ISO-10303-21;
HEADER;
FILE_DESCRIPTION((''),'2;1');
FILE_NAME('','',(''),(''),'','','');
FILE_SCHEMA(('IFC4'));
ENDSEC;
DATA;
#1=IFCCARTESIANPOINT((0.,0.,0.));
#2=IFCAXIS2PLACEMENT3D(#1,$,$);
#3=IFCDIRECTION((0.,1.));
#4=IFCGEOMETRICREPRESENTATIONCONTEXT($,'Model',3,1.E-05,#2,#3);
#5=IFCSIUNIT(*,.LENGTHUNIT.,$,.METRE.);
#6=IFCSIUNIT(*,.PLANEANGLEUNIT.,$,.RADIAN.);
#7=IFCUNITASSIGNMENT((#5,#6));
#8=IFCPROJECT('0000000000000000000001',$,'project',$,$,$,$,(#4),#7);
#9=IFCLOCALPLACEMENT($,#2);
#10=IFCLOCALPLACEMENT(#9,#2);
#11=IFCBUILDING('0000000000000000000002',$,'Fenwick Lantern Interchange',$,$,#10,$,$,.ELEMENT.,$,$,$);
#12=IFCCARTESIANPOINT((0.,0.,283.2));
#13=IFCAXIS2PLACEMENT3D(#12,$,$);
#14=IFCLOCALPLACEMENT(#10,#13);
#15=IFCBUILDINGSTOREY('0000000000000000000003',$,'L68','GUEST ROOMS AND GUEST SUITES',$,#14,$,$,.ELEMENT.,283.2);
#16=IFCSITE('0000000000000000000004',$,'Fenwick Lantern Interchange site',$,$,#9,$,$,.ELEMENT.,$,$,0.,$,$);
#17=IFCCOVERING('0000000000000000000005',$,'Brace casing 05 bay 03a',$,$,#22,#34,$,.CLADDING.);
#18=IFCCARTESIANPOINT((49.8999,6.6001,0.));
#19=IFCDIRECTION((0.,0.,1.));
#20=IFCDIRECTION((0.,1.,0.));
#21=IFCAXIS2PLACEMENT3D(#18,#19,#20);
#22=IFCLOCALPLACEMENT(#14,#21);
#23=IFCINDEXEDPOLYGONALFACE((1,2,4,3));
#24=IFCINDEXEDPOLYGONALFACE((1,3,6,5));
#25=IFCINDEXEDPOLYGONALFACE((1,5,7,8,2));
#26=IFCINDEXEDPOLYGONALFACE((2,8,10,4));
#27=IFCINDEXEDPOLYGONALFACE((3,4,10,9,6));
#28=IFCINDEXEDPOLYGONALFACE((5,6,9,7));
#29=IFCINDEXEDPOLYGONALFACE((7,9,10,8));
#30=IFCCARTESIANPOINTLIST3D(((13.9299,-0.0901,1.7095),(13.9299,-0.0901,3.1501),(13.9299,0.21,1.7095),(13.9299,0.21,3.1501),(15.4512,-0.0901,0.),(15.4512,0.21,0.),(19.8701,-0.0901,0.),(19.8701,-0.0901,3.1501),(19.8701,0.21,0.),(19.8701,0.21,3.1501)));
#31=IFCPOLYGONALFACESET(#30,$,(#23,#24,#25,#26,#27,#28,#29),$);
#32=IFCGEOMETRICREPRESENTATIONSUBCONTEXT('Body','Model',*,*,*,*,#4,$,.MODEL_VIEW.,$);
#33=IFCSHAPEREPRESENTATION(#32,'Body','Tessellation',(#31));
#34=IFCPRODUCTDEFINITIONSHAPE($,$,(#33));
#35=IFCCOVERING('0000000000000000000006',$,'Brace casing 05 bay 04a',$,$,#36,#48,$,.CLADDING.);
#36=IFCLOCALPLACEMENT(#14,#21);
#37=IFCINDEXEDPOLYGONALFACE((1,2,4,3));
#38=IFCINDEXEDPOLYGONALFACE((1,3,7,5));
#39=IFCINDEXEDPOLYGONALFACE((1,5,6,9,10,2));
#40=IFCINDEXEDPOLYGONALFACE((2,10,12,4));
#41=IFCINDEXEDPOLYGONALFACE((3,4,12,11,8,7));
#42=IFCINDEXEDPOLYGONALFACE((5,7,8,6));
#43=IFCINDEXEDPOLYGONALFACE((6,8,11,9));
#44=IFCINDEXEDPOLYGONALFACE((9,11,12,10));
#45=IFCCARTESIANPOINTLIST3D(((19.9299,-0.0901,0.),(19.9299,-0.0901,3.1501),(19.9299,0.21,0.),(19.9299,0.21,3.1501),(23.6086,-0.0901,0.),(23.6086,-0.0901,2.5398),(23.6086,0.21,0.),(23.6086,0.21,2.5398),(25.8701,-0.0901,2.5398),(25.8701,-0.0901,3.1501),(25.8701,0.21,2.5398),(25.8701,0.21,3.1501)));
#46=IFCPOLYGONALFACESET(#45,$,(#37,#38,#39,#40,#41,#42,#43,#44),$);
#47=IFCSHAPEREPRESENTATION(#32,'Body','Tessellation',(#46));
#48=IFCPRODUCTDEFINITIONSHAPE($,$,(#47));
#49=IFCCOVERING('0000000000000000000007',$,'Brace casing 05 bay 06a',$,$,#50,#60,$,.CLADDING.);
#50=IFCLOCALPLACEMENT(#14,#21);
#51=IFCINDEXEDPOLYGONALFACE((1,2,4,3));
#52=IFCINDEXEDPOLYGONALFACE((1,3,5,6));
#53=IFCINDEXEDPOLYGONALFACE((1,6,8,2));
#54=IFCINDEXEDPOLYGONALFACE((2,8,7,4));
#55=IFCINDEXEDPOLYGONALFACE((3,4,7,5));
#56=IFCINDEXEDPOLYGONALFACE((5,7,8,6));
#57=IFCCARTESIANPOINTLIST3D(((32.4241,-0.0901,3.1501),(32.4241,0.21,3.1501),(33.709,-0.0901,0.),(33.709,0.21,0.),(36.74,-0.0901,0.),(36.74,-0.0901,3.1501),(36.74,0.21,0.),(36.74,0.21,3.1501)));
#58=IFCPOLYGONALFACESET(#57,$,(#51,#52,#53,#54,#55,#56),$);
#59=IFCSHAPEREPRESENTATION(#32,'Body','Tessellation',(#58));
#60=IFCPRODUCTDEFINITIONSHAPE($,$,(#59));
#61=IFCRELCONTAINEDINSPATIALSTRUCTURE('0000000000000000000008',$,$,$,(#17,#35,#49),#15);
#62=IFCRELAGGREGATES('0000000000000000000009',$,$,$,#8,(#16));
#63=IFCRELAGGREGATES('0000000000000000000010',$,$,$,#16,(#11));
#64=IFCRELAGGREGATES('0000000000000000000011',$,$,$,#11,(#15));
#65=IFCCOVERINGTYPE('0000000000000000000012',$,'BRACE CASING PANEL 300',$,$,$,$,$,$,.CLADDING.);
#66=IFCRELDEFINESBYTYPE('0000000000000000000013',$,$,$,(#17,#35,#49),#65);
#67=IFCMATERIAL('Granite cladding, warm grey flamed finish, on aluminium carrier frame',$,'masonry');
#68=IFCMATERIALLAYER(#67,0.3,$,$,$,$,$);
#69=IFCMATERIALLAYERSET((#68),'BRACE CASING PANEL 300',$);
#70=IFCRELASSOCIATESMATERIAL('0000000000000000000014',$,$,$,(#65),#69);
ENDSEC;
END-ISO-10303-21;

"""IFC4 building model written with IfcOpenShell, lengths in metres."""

from ifc_helpers import new_model, si_unit, direction, frame, origin, place, context, subcontext, project, spatial, polyline, outline, extrude, material, layer, layer_set, type_object, element, save


model = new_model("IFC4")

# Units and contexts
model_context = context("Model", 3, precision=1e-05, world=origin(), true_north=direction((0.0, 1.0)))
body_context = subcontext(model_context, "Body", "Model", "MODEL_VIEW")
ifc_project = project(units=[si_unit("LENGTHUNIT", "METRE"), si_unit("PLANEANGLEUNIT", "RADIAN")], contexts=[model_context])

# Site, building, storey
site_placement = place(None, origin())
site = spatial("IfcSite", under=ifc_project, at=site_placement, Name="Fenwick Lantern Interchange site", CompositionType="ELEMENT", RefElevation=0.0)
building_placement = place(site_placement, origin())
building = spatial("IfcBuilding", under=site, at=building_placement, Name="Fenwick Lantern Interchange", CompositionType="ELEMENT")
storey_placement = place(building_placement, frame((0.0, 0.0, 283.2)))
storey = spatial("IfcBuildingStorey", under=building, at=storey_placement, Name="L68", Description="GUEST ROOMS AND GUEST SUITES", CompositionType="ELEMENT", Elevation=283.2)

# Coverings
ifc_material_1 = material(Name="Granite cladding, warm grey flamed finish, on aluminium carrier frame", Category="masonry")
ifc_layer_1 = layer(ifc_material_1, 0.3)
ifc_layer_set_1 = layer_set([ifc_layer_1], Name="BRACE CASING PANEL 300")
covering_type = type_object("IfcCoveringType", Name="BRACE CASING PANEL 300", PredefinedType="CLADDING", material=ifc_layer_set_1)
covering_1_placement = place(storey_placement, frame((49.8999, 6.6001, 0.0), z_axis=(0.0, 0.0, 1.0), x_axis=(0.0, 1.0, 0.0)))
element("IfcCovering", 1, at=covering_1_placement, inside=storey, type_object=covering_type, Name="Brace casing 05 bay 03a", PredefinedType="CLADDING", context=body_context, shape_type="SweptSolid", body=[
    extrude(outline(polyline([(15.4512, 0.0), (19.8701, 0.0), (19.8701, 3.1501), (13.9299, 3.1501), (13.9299, 1.7095), (15.4512, 0.0)])), frame((0.0, 0.21, 0.0), z_axis=(0.0, -1.0, 0.0), x_axis=(1.0, 0.0, 0.0)), (0.0, 0.0, 1.0), 0.3),
])
covering_2_placement = place(storey_placement, frame((49.8999, 6.6001, 0.0), z_axis=(0.0, 0.0, 1.0), x_axis=(0.0, 1.0, 0.0)))
element("IfcCovering", 2, at=covering_2_placement, inside=storey, type_object=covering_type, Name="Brace casing 05 bay 04a", PredefinedType="CLADDING", context=body_context, shape_type="SweptSolid", body=[
    extrude(outline(polyline([(19.9299, 0.0), (23.6086, 0.0), (23.6086, 2.5398), (25.8701, 2.5398), (25.8701, 3.1501), (19.9299, 3.1501), (19.9299, 0.0)])), frame((0.0, 0.21, 0.0), z_axis=(0.0, -1.0, 0.0), x_axis=(1.0, 0.0, 0.0)), (0.0, 0.0, 1.0), 0.3),
])
covering_3_placement = place(storey_placement, frame((49.8999, 6.6001, 0.0), z_axis=(0.0, 0.0, 1.0), x_axis=(0.0, 1.0, 0.0)))
element("IfcCovering", 3, at=covering_3_placement, inside=storey, type_object=covering_type, Name="Brace casing 05 bay 06a", PredefinedType="CLADDING", context=body_context, shape_type="SweptSolid", body=[
    extrude(outline(polyline([(33.709, 0.0), (36.74, 0.0), (36.74, 3.1501), (32.4241, 3.1501), (33.709, 0.0)])), frame((0.0, 0.21, 0.0), z_axis=(0.0, -1.0, 0.0), x_axis=(1.0, 0.0, 0.0)), (0.0, 0.0, 1.0), 0.3),
])

save(model, "model.ifc")
